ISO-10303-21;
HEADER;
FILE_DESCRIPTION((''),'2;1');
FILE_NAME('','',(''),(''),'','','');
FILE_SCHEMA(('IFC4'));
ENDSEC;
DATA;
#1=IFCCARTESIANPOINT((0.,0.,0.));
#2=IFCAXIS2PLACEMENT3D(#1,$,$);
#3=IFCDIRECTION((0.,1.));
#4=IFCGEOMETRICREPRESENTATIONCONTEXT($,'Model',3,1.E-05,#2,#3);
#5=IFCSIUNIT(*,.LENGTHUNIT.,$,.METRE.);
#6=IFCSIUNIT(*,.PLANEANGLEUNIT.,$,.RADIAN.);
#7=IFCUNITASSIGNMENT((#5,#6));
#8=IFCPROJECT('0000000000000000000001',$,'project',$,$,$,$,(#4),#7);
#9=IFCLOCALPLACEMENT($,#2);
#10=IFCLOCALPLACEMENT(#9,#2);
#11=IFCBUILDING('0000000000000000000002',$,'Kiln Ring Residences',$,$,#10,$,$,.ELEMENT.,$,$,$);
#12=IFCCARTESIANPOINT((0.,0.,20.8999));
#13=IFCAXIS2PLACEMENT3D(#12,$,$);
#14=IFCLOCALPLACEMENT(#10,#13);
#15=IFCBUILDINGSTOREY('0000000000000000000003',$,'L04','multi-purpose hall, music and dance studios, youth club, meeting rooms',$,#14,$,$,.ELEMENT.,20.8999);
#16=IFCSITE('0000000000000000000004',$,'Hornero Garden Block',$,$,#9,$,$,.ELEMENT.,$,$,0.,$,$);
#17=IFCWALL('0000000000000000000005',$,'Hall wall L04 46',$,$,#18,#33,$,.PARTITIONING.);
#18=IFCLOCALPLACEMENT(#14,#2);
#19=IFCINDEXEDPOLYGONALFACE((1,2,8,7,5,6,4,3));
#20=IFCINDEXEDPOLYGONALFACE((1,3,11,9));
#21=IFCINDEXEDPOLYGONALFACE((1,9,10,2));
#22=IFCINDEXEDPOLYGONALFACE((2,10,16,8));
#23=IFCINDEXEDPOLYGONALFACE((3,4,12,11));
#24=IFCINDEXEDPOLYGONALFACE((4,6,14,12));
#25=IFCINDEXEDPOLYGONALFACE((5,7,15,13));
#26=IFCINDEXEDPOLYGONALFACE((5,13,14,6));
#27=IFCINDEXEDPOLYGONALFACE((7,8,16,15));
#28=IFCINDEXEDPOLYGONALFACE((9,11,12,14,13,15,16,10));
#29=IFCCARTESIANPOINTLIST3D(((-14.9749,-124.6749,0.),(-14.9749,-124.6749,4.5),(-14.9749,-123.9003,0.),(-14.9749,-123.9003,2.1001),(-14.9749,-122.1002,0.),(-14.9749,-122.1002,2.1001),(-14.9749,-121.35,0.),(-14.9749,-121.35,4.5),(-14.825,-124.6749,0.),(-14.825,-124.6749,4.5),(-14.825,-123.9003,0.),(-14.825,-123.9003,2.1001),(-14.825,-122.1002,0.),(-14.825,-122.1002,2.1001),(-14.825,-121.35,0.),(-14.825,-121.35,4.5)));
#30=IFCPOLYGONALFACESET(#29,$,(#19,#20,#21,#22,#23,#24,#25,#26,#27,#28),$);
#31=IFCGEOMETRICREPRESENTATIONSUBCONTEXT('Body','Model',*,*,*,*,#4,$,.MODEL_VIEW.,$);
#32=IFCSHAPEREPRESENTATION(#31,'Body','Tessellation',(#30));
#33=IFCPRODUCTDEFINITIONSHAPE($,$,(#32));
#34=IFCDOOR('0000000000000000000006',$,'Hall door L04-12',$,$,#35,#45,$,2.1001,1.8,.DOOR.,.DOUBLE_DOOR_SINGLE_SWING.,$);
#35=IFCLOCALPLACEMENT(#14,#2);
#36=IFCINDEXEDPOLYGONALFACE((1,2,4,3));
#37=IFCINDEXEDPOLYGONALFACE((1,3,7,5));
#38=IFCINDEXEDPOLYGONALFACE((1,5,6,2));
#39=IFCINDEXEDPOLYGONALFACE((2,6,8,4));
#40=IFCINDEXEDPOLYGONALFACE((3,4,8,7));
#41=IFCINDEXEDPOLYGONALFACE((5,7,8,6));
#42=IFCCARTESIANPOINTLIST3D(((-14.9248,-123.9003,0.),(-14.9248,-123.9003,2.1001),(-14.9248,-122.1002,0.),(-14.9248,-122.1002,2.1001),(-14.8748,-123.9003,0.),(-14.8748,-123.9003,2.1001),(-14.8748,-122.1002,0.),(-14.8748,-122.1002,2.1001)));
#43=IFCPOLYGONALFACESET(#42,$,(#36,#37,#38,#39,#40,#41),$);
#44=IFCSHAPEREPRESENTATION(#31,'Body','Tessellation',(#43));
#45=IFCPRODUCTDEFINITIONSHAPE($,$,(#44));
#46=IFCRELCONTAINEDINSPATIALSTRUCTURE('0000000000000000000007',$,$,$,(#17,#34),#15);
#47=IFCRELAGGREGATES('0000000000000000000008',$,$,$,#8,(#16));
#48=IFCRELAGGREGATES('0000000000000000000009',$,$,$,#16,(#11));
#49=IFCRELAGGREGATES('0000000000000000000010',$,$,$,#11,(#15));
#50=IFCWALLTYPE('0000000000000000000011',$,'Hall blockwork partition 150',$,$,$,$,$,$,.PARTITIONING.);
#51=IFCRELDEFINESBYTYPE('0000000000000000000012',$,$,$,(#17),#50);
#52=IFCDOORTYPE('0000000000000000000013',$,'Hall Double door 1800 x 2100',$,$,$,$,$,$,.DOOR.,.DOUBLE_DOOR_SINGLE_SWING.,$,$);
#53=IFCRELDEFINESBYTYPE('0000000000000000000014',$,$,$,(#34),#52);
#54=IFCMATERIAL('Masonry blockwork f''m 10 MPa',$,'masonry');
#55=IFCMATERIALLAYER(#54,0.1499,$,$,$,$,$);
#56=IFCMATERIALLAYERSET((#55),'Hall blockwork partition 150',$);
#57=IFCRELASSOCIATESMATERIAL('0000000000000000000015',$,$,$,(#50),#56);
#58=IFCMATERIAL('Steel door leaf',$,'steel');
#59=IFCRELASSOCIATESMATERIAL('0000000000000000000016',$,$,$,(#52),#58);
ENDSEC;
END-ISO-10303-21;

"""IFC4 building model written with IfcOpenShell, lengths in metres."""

from ifc_helpers import new_model, si_unit, direction, frame, frame_2d, origin, place, context, subcontext, project, spatial, rectangle, extrude, material, layer, layer_set, type_object, element, fill, save


model = new_model("IFC4")

# Units and contexts
model_context = context("Model", 3, precision=1e-05, world=origin(), true_north=direction((0.0, 1.0)))
body_context = subcontext(model_context, "Body", "Model", "MODEL_VIEW")
ifc_project = project(units=[si_unit("LENGTHUNIT", "METRE"), si_unit("PLANEANGLEUNIT", "RADIAN")], contexts=[model_context])

# Site, building, storey
site_placement = place(None, origin())
site = spatial("IfcSite", under=ifc_project, at=site_placement, Name="Hornero Garden Block", CompositionType="ELEMENT", RefElevation=0.0)
building_placement = place(site_placement, origin())
building = spatial("IfcBuilding", under=site, at=building_placement, Name="Kiln Ring Residences", CompositionType="ELEMENT")
storey_placement = place(building_placement, frame((0.0, 0.0, 20.8999)))
storey = spatial("IfcBuildingStorey", under=building, at=storey_placement, Name="L04", Description="multi-purpose hall, music and dance studios, youth club, meeting rooms", CompositionType="ELEMENT", Elevation=20.8999)

# Wall, opening, door
ifc_material_1 = material(Name="Masonry blockwork f'm 10 MPa", Category="masonry")
ifc_layer_1 = layer(ifc_material_1, 0.1499)
ifc_layer_set_1 = layer_set([ifc_layer_1], Name="Hall blockwork partition 150")
wall_type_1 = type_object("IfcWallType", Name="Hall blockwork partition 150", PredefinedType="PARTITIONING", material=ifc_layer_set_1)
wall_1_placement = place(storey_placement, frame((-14.8999, -124.675, 0.0), z_axis=(0.0, 0.0, 1.0), x_axis=(0.0, 1.0, 0.0)))
wall_1 = element("IfcWall", 1, at=wall_1_placement, inside=storey, type_object=wall_type_1, Name="Hall wall L04 46", PredefinedType="PARTITIONING", context=body_context, shape_type="SweptSolid", body=[
    extrude(rectangle(XDim=3.325, YDim=0.1499, at=frame_2d((1.6626, 0.0))), origin(), (0.0, 0.0, 1.0), 4.5),
])
opening_1_placement = place(wall_1_placement, frame((0.7749, 0.0, 0.0)))
opening_1 = element("IfcOpeningElement", 2, at=opening_1_placement, cuts=wall_1, PredefinedType="OPENING", context=body_context, shape_type="SweptSolid", body=[
    extrude(rectangle(XDim=1.8, YDim=2.1001, at=frame_2d((0.8999, 1.05))), frame((0.0, 0.085, 0.0), z_axis=(0.0, -1.0, 0.0), x_axis=(1.0, 0.0, 0.0)), (0.0, 0.0, 1.0), 0.1699),
])
ifc_material_2 = material(Name="Steel door leaf", Category="steel")
door_type = type_object("IfcDoorType", Name="Hall Double door 1800 x 2100", OperationType="DOUBLE_DOOR_SINGLE_SWING", PredefinedType="DOOR", material=ifc_material_2)
door_placement = place(opening_1_placement, origin())
door = element("IfcDoor", 3, at=door_placement, inside=storey, type_object=door_type, Name="Hall door L04-12", OperationType="DOUBLE_DOOR_SINGLE_SWING", OverallHeight=2.1001, OverallWidth=1.8, PredefinedType="DOOR", context=body_context, shape_type="SweptSolid", body=[
    extrude(rectangle(XDim=1.8, YDim=2.1001, at=frame_2d((0.8999, 1.05))), frame((0.0, 0.0249, 0.0), z_axis=(0.0, -1.0, 0.0), x_axis=(1.0, 0.0, 0.0)), (0.0, 0.0, 1.0), 0.05),
])
fill(opening_1, door)

save(model, "model.ifc")
